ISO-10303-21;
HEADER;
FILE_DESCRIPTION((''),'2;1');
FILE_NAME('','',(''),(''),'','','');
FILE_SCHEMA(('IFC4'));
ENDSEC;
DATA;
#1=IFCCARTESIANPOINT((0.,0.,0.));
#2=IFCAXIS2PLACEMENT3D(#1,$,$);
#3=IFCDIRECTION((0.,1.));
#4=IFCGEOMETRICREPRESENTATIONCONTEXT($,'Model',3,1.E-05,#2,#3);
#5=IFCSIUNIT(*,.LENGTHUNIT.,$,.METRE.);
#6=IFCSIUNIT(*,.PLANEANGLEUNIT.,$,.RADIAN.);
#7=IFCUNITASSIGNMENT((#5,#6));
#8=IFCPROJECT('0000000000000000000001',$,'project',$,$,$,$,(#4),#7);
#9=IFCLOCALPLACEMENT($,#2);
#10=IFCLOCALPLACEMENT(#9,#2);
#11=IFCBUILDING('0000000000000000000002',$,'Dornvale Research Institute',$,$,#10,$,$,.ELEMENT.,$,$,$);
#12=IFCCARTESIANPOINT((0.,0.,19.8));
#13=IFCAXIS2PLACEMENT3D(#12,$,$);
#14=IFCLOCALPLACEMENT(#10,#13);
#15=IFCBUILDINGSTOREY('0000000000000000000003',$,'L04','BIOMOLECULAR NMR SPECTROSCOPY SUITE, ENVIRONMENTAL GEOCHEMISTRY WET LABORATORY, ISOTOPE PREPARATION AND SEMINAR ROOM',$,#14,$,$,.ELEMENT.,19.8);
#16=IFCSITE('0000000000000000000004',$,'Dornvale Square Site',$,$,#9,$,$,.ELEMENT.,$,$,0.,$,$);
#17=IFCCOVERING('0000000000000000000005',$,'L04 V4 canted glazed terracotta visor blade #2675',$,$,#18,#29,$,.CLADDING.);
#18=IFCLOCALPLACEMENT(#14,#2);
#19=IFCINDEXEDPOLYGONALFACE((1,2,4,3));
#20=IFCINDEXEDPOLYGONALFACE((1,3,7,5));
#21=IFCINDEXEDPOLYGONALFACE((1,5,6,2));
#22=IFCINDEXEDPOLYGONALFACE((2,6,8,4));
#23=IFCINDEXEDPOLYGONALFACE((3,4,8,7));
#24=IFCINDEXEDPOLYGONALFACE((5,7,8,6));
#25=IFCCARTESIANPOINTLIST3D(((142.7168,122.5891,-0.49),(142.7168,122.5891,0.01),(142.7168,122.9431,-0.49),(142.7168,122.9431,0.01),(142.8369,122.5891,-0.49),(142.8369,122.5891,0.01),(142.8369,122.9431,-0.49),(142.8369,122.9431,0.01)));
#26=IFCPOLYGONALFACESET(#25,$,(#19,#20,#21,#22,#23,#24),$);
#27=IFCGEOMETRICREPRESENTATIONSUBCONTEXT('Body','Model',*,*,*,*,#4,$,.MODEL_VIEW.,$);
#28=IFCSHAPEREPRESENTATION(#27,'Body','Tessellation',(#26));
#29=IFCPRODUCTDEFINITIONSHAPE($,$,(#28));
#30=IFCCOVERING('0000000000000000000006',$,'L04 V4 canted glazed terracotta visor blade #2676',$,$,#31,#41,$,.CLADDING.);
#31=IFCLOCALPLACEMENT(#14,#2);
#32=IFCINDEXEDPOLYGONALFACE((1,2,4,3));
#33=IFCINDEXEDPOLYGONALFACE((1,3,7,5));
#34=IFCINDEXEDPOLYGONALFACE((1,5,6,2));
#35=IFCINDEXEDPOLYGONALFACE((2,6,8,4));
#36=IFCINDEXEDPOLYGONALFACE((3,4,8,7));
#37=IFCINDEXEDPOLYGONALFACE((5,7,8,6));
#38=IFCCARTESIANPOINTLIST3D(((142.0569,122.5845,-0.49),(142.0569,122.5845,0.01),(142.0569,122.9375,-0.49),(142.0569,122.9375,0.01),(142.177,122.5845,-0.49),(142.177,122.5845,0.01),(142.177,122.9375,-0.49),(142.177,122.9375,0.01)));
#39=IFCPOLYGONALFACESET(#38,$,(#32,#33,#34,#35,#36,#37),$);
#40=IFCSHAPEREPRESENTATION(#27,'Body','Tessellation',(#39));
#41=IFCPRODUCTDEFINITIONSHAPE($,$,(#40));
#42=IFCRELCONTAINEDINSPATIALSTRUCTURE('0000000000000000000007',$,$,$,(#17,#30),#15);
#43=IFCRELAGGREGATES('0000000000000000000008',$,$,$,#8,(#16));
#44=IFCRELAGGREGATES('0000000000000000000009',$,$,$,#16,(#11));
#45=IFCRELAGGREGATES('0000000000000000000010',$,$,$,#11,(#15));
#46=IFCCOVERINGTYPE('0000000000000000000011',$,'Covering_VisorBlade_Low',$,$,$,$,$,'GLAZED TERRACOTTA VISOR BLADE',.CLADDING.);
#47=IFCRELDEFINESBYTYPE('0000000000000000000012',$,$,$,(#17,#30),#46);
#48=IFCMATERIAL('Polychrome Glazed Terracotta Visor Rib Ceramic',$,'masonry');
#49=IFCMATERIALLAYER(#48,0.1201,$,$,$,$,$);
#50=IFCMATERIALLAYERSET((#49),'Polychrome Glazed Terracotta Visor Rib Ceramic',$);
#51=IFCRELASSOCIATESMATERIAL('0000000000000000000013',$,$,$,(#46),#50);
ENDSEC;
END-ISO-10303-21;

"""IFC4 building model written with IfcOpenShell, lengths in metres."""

from ifc_helpers import new_model, si_unit, direction, frame, origin, origin_2d, place, context, subcontext, project, spatial, rectangle, extrude, material, layer, layer_set, type_object, element, save


model = new_model("IFC4")

# Units and contexts
model_context = context("Model", 3, precision=1e-05, world=origin(), true_north=direction((0.0, 1.0)))
body_context = subcontext(model_context, "Body", "Model", "MODEL_VIEW")
ifc_project = project(units=[si_unit("LENGTHUNIT", "METRE"), si_unit("PLANEANGLEUNIT", "RADIAN")], contexts=[model_context])

# Site, building, storey
site_placement = place(None, origin())
site = spatial("IfcSite", under=ifc_project, at=site_placement, Name="Dornvale Square Site", CompositionType="ELEMENT", RefElevation=0.0)
building_placement = place(site_placement, origin())
building = spatial("IfcBuilding", under=site, at=building_placement, Name="Dornvale Research Institute", CompositionType="ELEMENT")
storey_placement = place(building_placement, frame((0.0, 0.0, 19.8)))
storey = spatial("IfcBuildingStorey", under=building, at=storey_placement, Name="L04", Description="BIOMOLECULAR NMR SPECTROSCOPY SUITE, ENVIRONMENTAL GEOCHEMISTRY WET LABORATORY, ISOTOPE PREPARATION AND SEMINAR ROOM", CompositionType="ELEMENT", Elevation=19.8)

# Coverings
ifc_material_1 = material(Name="Polychrome Glazed Terracotta Visor Rib Ceramic", Category="masonry")
ifc_layer_1 = layer(ifc_material_1, 0.1201)
ifc_layer_set_1 = layer_set([ifc_layer_1], Name="Polychrome Glazed Terracotta Visor Rib Ceramic")
covering_type = type_object("IfcCoveringType", Name="Covering_VisorBlade_Low", ElementType="GLAZED TERRACOTTA VISOR BLADE", PredefinedType="CLADDING", material=ifc_layer_set_1)
covering_1_placement = place(storey_placement, frame((142.7769, 122.7661, -0.49), z_axis=(0.0, 0.0, 1.0), x_axis=(0.0, 1.0, 0.0)))
element("IfcCovering", 1, at=covering_1_placement, inside=storey, type_object=covering_type, Name="L04 V4 canted glazed terracotta visor blade #2675", PredefinedType="CLADDING", context=body_context, shape_type="SweptSolid", body=[
    extrude(rectangle(XDim=0.354, YDim=0.1201, at=origin_2d()), origin(), (0.0, 0.0, 1.0), 0.5),
])
covering_2_placement = place(storey_placement, frame((142.1169, 122.761, -0.49), z_axis=(0.0, 0.0, 1.0), x_axis=(0.0, 1.0, 0.0)))
element("IfcCovering", 2, at=covering_2_placement, inside=storey, type_object=covering_type, Name="L04 V4 canted glazed terracotta visor blade #2676", PredefinedType="CLADDING", context=body_context, shape_type="SweptSolid", body=[
    extrude(rectangle(XDim=0.353, YDim=0.1201, at=origin_2d()), origin(), (0.0, 0.0, 1.0), 0.5),
])

save(model, "model.ifc")
